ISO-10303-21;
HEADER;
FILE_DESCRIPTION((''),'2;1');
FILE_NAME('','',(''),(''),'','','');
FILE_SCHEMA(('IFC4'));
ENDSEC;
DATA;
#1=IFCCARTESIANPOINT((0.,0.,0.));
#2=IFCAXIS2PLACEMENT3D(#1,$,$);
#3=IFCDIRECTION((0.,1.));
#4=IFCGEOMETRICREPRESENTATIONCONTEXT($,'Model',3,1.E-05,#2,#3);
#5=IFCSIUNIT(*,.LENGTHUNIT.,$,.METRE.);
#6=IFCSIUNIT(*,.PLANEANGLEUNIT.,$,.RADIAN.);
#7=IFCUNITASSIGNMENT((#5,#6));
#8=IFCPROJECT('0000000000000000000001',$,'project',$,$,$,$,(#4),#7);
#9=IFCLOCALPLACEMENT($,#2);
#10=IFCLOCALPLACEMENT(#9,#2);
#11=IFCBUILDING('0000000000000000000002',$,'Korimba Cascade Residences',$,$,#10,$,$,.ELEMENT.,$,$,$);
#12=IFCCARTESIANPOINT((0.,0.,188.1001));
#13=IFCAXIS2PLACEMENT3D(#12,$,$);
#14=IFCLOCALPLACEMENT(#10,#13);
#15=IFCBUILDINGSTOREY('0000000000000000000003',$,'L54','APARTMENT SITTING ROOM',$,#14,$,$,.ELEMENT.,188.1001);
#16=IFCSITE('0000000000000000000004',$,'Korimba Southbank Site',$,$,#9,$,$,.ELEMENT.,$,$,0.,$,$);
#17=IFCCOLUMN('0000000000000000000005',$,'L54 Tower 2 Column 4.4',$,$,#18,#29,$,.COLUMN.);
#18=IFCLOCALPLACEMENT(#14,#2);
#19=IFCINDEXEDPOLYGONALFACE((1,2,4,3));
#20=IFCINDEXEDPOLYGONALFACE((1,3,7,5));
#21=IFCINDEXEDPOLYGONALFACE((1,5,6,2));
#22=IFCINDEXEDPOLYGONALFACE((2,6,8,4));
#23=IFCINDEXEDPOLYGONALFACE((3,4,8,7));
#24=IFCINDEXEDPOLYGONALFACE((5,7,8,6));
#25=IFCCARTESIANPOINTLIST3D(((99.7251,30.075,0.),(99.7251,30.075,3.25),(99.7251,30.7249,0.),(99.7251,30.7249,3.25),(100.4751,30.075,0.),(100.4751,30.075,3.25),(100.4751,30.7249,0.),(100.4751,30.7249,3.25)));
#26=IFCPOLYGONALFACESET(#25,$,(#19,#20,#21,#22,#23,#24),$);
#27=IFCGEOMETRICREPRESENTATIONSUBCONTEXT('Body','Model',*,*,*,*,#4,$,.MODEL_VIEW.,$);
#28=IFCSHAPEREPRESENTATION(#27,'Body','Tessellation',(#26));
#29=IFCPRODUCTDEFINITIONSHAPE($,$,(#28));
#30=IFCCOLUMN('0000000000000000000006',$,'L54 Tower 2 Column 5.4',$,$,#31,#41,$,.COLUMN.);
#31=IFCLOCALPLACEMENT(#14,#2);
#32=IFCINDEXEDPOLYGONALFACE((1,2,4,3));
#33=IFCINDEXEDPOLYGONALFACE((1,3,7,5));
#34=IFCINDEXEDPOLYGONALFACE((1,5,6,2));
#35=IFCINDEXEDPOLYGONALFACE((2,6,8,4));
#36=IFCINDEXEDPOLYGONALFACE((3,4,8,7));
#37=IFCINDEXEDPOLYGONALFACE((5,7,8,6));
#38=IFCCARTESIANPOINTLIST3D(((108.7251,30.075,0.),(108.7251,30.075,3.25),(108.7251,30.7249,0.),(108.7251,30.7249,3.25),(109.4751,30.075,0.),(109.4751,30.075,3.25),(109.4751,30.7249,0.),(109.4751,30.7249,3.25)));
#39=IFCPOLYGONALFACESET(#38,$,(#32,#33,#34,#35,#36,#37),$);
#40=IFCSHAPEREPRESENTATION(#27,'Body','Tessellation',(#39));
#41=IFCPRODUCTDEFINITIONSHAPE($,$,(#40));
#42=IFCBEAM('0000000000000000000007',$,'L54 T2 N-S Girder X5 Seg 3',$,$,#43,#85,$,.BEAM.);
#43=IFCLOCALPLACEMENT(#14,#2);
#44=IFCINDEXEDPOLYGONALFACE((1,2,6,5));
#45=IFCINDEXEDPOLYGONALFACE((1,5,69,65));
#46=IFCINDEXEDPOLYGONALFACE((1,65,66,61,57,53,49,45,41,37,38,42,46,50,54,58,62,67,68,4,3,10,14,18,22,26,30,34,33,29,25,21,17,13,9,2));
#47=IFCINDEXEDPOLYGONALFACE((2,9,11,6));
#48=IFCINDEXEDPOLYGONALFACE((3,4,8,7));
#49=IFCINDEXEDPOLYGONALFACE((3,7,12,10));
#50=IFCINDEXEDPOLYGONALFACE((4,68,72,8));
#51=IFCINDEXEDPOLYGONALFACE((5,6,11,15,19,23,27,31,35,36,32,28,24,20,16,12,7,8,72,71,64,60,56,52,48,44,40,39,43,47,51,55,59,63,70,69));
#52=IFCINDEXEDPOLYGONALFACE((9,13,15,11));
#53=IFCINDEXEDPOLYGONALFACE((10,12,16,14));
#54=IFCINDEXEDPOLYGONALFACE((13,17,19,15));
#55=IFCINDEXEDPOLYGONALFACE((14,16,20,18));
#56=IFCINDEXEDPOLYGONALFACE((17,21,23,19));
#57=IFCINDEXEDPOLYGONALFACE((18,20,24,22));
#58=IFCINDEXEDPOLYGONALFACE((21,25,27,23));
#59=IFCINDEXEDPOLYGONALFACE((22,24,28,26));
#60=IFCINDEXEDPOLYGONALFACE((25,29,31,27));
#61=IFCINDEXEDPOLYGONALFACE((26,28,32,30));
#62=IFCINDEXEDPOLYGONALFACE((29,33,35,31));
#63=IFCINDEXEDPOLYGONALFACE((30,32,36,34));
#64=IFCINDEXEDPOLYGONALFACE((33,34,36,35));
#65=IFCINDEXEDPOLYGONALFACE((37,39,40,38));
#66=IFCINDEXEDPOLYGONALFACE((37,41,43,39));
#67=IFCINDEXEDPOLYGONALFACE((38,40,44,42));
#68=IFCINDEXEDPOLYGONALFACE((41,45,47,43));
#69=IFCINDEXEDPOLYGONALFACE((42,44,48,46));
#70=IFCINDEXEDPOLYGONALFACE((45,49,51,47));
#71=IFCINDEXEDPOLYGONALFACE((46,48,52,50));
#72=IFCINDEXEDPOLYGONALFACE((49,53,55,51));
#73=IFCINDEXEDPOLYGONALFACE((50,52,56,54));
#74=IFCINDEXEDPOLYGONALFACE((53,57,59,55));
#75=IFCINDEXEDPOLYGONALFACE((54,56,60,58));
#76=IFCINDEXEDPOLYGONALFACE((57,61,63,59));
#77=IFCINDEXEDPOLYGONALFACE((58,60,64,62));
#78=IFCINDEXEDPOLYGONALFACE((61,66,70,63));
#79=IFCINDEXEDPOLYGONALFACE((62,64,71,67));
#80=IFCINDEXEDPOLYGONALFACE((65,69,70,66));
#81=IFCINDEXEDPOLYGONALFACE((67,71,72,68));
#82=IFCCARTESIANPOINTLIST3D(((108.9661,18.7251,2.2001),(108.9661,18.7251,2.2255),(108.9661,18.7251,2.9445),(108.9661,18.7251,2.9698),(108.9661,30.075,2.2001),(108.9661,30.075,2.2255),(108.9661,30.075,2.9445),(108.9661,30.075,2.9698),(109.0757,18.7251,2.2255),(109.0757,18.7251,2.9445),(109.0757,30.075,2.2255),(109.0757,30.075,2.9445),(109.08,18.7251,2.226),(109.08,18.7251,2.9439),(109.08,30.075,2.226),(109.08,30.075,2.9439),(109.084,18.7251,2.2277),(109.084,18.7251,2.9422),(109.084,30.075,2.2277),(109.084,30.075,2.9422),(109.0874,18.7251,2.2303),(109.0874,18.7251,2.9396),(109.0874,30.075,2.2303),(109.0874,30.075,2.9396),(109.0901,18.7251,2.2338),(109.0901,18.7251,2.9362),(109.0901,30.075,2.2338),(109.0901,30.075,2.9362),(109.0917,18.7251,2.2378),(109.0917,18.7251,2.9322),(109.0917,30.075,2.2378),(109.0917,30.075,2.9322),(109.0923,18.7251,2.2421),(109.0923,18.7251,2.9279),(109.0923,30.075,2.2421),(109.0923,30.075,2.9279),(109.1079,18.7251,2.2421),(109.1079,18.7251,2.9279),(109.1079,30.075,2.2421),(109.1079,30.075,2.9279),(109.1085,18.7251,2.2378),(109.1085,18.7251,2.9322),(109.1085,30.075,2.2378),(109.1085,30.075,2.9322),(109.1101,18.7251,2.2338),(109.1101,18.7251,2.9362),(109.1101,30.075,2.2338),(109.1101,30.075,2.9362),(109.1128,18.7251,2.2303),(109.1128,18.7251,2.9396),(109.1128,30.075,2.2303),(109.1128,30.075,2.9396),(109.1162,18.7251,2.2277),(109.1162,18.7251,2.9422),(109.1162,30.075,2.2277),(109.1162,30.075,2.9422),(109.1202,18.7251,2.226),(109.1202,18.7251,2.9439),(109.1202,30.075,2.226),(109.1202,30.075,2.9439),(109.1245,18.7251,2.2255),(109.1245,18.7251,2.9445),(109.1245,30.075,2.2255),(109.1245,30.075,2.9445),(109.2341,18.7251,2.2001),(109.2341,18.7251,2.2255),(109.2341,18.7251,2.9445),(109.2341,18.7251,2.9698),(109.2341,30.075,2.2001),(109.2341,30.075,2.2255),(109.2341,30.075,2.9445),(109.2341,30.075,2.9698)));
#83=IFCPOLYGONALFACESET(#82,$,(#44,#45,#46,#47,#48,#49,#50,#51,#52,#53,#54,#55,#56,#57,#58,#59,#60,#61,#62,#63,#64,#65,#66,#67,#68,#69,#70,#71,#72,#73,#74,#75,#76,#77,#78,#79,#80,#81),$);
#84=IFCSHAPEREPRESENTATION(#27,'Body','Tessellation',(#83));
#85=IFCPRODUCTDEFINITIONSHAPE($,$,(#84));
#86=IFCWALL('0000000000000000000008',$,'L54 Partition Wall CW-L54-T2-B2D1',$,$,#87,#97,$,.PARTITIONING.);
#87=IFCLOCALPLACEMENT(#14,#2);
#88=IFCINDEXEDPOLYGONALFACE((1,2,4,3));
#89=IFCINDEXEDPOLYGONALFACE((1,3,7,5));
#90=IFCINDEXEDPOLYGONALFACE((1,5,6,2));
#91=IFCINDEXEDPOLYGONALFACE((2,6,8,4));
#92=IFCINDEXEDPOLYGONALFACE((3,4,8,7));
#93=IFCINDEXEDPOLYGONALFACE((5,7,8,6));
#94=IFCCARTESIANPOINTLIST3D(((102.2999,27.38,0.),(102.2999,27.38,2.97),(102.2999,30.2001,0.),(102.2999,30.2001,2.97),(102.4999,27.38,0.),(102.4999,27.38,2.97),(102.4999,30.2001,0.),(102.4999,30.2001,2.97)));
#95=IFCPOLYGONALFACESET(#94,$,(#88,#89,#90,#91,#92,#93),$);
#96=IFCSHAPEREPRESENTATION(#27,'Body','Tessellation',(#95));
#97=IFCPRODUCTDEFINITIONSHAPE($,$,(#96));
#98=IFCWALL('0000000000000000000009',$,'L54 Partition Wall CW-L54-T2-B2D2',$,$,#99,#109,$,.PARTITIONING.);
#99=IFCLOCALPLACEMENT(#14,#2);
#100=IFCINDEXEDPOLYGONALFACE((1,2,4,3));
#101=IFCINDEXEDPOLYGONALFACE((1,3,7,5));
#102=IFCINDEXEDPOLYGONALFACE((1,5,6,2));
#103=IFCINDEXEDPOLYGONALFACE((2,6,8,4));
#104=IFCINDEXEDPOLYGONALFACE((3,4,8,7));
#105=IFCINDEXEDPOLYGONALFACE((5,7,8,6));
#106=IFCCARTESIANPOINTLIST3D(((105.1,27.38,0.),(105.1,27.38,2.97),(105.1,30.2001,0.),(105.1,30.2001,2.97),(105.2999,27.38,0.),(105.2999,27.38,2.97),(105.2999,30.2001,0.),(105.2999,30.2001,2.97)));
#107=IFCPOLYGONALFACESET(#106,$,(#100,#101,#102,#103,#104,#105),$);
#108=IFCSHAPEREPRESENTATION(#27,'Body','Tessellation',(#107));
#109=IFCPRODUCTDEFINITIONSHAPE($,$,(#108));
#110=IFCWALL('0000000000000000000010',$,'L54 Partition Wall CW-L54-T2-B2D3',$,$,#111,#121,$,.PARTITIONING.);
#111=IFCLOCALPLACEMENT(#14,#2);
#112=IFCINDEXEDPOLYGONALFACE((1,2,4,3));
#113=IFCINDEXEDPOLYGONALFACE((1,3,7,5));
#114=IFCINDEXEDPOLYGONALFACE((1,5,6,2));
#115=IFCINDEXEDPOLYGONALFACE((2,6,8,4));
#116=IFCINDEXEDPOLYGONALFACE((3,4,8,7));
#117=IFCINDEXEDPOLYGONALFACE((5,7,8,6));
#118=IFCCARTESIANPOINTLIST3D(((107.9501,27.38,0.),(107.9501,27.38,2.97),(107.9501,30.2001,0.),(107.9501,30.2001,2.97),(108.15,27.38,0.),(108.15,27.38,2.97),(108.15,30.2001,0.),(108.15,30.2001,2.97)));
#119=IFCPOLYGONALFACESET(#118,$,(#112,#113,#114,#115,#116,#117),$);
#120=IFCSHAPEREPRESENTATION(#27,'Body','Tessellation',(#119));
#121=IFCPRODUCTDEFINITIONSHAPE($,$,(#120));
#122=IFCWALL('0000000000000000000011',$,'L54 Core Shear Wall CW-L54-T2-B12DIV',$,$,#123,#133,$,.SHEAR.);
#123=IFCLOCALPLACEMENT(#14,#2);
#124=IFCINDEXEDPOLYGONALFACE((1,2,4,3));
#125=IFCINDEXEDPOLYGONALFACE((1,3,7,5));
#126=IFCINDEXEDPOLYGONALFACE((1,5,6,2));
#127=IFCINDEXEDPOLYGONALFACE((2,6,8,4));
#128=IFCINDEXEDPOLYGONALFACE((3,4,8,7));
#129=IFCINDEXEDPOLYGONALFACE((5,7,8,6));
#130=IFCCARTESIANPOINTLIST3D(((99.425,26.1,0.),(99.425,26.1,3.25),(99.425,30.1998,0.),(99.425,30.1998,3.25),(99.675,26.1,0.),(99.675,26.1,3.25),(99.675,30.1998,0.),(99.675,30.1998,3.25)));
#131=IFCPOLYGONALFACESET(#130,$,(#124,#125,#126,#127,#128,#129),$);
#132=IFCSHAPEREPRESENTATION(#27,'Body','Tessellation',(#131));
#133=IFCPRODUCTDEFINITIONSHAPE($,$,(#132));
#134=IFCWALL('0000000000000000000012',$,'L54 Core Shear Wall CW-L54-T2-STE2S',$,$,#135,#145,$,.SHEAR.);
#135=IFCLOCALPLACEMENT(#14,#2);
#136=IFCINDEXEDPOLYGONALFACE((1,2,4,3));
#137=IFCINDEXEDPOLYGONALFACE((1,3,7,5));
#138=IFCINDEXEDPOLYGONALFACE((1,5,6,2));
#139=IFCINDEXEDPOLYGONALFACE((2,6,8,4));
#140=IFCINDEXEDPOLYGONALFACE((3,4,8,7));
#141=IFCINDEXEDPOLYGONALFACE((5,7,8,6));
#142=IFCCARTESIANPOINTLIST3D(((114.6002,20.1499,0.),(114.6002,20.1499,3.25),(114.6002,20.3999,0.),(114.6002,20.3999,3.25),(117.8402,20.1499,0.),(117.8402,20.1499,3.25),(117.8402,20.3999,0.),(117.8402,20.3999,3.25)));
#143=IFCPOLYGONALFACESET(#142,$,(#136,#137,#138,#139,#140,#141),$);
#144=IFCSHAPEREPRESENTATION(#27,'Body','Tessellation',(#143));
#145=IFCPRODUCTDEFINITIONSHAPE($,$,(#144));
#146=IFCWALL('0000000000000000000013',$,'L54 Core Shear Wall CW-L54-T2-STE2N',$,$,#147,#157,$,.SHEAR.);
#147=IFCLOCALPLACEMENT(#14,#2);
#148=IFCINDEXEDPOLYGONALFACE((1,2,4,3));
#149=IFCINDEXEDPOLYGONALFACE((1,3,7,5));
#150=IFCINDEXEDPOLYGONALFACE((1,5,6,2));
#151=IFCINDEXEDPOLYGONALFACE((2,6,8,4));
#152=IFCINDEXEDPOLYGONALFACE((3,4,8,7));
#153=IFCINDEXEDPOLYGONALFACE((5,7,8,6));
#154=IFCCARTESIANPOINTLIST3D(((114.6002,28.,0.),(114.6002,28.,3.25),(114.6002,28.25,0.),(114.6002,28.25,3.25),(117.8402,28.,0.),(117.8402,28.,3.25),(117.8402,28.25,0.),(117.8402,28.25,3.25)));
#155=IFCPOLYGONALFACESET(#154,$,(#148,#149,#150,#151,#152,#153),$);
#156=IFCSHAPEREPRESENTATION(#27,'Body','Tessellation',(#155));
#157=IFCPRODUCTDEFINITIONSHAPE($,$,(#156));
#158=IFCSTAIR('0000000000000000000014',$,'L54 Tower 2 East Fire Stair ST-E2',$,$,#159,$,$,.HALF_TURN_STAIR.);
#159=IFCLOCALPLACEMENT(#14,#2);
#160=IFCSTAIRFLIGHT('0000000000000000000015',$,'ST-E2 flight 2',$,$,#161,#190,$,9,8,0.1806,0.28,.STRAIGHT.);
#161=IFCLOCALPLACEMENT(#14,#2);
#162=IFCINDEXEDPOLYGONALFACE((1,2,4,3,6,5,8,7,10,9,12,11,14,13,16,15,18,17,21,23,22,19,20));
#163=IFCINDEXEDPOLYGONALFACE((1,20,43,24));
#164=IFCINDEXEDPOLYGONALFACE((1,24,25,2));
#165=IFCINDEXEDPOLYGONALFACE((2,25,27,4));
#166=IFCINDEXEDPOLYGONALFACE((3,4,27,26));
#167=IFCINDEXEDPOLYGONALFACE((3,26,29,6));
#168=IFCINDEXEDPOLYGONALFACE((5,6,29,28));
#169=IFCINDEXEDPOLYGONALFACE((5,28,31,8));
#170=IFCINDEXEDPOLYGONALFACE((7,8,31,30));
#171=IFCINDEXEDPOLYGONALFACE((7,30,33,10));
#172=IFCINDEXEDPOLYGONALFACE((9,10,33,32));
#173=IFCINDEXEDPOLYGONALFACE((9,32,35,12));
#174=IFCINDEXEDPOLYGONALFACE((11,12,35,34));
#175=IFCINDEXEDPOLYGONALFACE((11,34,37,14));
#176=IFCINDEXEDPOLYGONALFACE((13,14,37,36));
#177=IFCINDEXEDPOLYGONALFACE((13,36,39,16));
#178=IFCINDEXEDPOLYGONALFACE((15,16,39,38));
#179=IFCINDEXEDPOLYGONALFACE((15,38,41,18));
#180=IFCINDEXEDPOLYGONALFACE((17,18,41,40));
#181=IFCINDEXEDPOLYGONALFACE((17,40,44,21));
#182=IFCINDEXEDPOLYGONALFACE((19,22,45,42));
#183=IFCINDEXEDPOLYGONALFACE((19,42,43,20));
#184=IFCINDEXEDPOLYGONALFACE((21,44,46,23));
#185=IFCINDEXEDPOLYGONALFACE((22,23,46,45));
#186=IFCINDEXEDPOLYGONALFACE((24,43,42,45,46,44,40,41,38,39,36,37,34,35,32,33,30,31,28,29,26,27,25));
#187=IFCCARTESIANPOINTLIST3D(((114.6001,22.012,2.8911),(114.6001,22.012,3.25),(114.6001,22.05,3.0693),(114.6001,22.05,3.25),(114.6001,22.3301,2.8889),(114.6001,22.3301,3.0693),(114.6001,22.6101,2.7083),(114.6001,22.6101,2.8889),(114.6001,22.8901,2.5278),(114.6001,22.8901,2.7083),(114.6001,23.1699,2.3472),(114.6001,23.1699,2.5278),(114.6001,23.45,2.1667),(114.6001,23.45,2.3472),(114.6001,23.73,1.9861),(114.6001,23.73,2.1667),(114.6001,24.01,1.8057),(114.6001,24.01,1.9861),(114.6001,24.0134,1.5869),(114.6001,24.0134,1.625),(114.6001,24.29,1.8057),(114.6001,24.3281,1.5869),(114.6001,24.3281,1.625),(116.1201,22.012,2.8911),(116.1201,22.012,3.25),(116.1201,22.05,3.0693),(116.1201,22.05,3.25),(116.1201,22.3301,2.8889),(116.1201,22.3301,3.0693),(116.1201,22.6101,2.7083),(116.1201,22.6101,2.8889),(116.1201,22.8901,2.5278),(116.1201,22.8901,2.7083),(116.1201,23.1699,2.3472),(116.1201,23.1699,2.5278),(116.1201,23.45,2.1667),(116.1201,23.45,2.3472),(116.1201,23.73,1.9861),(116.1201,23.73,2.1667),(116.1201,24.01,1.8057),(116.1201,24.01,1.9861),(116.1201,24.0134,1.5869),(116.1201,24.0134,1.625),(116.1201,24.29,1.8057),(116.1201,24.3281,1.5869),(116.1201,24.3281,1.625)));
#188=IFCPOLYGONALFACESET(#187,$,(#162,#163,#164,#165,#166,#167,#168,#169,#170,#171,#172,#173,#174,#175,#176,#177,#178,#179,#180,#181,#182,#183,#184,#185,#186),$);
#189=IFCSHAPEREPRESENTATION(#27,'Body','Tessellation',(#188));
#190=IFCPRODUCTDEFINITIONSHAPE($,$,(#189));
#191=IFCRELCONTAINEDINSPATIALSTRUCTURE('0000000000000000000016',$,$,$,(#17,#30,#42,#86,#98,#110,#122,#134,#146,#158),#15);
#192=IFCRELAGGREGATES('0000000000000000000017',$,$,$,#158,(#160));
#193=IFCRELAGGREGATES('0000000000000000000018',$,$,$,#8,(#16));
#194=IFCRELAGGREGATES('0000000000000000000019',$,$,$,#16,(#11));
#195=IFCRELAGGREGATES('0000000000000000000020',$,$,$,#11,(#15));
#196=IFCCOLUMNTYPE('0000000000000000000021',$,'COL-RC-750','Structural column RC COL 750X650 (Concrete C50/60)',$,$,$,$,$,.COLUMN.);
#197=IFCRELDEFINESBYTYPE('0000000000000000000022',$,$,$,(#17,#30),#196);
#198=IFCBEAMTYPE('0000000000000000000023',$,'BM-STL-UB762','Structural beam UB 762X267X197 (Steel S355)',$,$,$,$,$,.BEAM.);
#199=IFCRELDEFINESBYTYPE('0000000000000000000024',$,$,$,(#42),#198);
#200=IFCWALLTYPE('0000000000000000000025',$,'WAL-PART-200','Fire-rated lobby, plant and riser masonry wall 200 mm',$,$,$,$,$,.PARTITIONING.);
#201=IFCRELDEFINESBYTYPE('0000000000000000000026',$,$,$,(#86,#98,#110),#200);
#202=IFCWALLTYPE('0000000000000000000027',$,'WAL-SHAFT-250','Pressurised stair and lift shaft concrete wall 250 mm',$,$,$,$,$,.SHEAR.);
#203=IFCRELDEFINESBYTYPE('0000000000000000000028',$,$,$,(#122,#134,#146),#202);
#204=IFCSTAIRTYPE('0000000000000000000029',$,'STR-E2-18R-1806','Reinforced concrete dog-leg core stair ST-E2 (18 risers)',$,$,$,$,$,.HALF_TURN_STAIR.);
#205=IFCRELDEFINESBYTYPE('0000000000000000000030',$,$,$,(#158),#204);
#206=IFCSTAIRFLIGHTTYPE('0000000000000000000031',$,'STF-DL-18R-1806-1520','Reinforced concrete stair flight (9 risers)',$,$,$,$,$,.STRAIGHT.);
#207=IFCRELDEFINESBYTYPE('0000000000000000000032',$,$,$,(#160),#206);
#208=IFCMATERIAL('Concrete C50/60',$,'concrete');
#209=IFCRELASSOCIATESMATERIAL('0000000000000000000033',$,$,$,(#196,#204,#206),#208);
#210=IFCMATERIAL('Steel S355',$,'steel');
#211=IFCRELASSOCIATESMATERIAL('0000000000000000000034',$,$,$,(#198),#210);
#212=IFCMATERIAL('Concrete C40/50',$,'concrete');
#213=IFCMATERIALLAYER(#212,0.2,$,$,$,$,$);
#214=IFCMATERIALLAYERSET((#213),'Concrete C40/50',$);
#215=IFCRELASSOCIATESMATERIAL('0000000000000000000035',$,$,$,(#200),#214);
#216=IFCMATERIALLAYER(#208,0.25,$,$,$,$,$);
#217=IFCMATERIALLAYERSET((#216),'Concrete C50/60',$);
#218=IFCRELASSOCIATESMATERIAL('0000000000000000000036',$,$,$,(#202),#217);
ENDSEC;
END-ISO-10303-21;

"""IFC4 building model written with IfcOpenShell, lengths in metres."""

from ifc_helpers import new_model, si_unit, direction, frame, frame_2d, origin, origin_2d, place, context, subcontext, project, spatial, polyline, rectangle, i_section, outline, extrude, material, layer, layer_set, material_profile, profile_set, type_object, element, aggregate, save


model = new_model("IFC4")

# Units and contexts
model_context = context("Model", 3, precision=1e-05, world=origin(), true_north=direction((0.0, 1.0)))
body_context = subcontext(model_context, "Body", "Model", "MODEL_VIEW")
ifc_project = project(units=[si_unit("LENGTHUNIT", "METRE"), si_unit("PLANEANGLEUNIT", "RADIAN")], contexts=[model_context])

# Site, building, storey
site_placement = place(None, origin())
site = spatial("IfcSite", under=ifc_project, at=site_placement, Name="Korimba Southbank Site", CompositionType="ELEMENT", RefElevation=0.0)
building_placement = place(site_placement, origin())
building = spatial("IfcBuilding", under=site, at=building_placement, Name="Korimba Cascade Residences", CompositionType="ELEMENT")
storey_placement = place(building_placement, frame((0.0, 0.0, 188.1001)))
storey = spatial("IfcBuildingStorey", under=building, at=storey_placement, Name="L54", Description="APARTMENT SITTING ROOM", CompositionType="ELEMENT", Elevation=188.1001)

# Columns
ifc_material_1 = material(Name="Concrete C50/60", Category="concrete")
ifc_material_profile_1 = material_profile(ifc_material_1, rectangle(XDim=0.75, YDim=0.6499, at=origin_2d()), Name="Concrete C50/60")
ifc_profile_set_1 = profile_set([ifc_material_profile_1], Name="Concrete C50/60")
column_type = type_object("IfcColumnType", Name="COL-RC-750", Description="Structural column RC COL 750X650 (Concrete C50/60)", PredefinedType="COLUMN", material=ifc_profile_set_1)
for number, where, z_axis, x_axis, name in (
    (1, (100.1001, 30.3999, 0.0), (0.0, 0.0, 1.0), (1.0, 0.0, 0.0), "L54 Tower 2 Column 4.4"),
    (2, (109.1001, 30.3999, 0.0), (0.0, 0.0, 1.0), (1.0, 0.0, 0.0), "L54 Tower 2 Column 5.4"),
):
    element("IfcColumn", number, at=place(storey_placement, frame(where, z_axis=z_axis, x_axis=x_axis)), inside=storey, type_object=column_type, Name=name, PredefinedType="COLUMN", context=body_context, shape_type="SweptSolid", body=[
        extrude(rectangle(XDim=0.75, YDim=0.6499, at=origin_2d()), origin(), (0.0, 0.0, 1.0), 3.25),
    ])

# Beam
ifc_material_2 = material(Name="Steel S355", Category="steel")
ifc_material_profile_2 = material_profile(ifc_material_2, i_section(OverallWidth=0.2681, OverallDepth=0.7698, WebThickness=0.0156, FlangeThickness=0.0254, FilletRadius=0.0166, at=origin_2d()), Name="Steel S355")
ifc_profile_set_2 = profile_set([ifc_material_profile_2], Name="Steel S355")
beam_type = type_object("IfcBeamType", Name="BM-STL-UB762", Description="Structural beam UB 762X267X197 (Steel S355)", PredefinedType="BEAM", material=ifc_profile_set_2)
beam_placement = place(storey_placement, frame((109.1001, 18.7251, 2.585), z_axis=(0.0, 1.0, 0.0), x_axis=(-1.0, 0.0, 0.0)))
element("IfcBeam", 3, at=beam_placement, inside=storey, type_object=beam_type, Name="L54 T2 N-S Girder X5 Seg 3", PredefinedType="BEAM", context=body_context, shape_type="SweptSolid", body=[
    extrude(i_section(OverallWidth=0.2681, OverallDepth=0.7698, WebThickness=0.0156, FlangeThickness=0.0254, FilletRadius=0.0166, at=origin_2d()), origin(), (0.0, 0.0, 1.0), 11.3499),
])

# Walls
ifc_material_3 = material(Name="Concrete C40/50", Category="concrete")
ifc_layer_1 = layer(ifc_material_3, 0.2)
ifc_layer_set_1 = layer_set([ifc_layer_1], Name="Concrete C40/50")
wall_type_1 = type_object("IfcWallType", Name="WAL-PART-200", Description="Fire-rated lobby, plant and riser masonry wall 200 mm", PredefinedType="PARTITIONING", material=ifc_layer_set_1)
for number, where, z_axis, x_axis, name in (
    (4, (102.3999, 27.3799, 0.0), (0.0, 0.0, 1.0), (0.0, 1.0, 0.0), "L54 Partition Wall CW-L54-T2-B2D1"),
    (5, (105.2, 27.3799, 0.0), (0.0, 0.0, 1.0), (0.0, 1.0, 0.0), "L54 Partition Wall CW-L54-T2-B2D2"),
    (6, (108.05, 27.3799, 0.0), (0.0, 0.0, 1.0), (0.0, 1.0, 0.0), "L54 Partition Wall CW-L54-T2-B2D3"),
):
    element("IfcWall", number, at=place(storey_placement, frame(where, z_axis=z_axis, x_axis=x_axis)), inside=storey, type_object=wall_type_1, Name=name, PredefinedType="PARTITIONING", context=body_context, shape_type="SweptSolid", body=[
        extrude(rectangle(XDim=2.8201, YDim=0.2, at=frame_2d((1.4102, 0.0))), origin(), (0.0, 0.0, 1.0), 2.97),
    ])
ifc_layer_2 = layer(ifc_material_1, 0.25)
ifc_layer_set_2 = layer_set([ifc_layer_2], Name="Concrete C50/60")
wall_type_2 = type_object("IfcWallType", Name="WAL-SHAFT-250", Description="Pressurised stair and lift shaft concrete wall 250 mm", PredefinedType="SHEAR", material=ifc_layer_set_2)
wall_1_placement = place(storey_placement, frame((99.55, 26.1001, 0.0), z_axis=(0.0, 0.0, 1.0), x_axis=(0.0, 1.0, 0.0)))
element("IfcWall", 7, at=wall_1_placement, inside=storey, type_object=wall_type_2, Name="L54 Core Shear Wall CW-L54-T2-B12DIV", PredefinedType="SHEAR", context=body_context, shape_type="SweptSolid", body=[
    extrude(rectangle(XDim=4.0999, YDim=0.25, at=frame_2d((2.0498, 0.0))), origin(), (0.0, 0.0, 1.0), 3.25),
])

# Walls
for number, where, z_axis, x_axis, name in (
    (8, (114.6001, 20.2749, 0.0), (0.0, 0.0, 1.0), (1.0, 0.0, 0.0), "L54 Core Shear Wall CW-L54-T2-STE2S"),
    (9, (114.6001, 28.125, 0.0), (0.0, 0.0, 1.0), (1.0, 0.0, 0.0), "L54 Core Shear Wall CW-L54-T2-STE2N"),
):
    element("IfcWall", number, at=place(storey_placement, frame(where, z_axis=z_axis, x_axis=x_axis)), inside=storey, type_object=wall_type_2, Name=name, PredefinedType="SHEAR", context=body_context, shape_type="SweptSolid", body=[
        extrude(rectangle(XDim=3.24, YDim=0.25, at=frame_2d((1.6201, 0.0))), origin(), (0.0, 0.0, 1.0), 3.25),
    ])

# Stair, stair flight
stair_type = type_object("IfcStairType", Name="STR-E2-18R-1806", Description="Reinforced concrete dog-leg core stair ST-E2 (18 risers)", PredefinedType="HALF_TURN_STAIR", material=ifc_material_1)
stair_placement = place(storey_placement, origin())
stair = element("IfcStair", 10, at=stair_placement, inside=storey, type_object=stair_type, Name="L54 Tower 2 East Fire Stair ST-E2", PredefinedType="HALF_TURN_STAIR")
stair_flight_type = type_object("IfcStairFlightType", Name="STF-DL-18R-1806-1520", Description="Reinforced concrete stair flight (9 risers)", PredefinedType="STRAIGHT", material=ifc_material_1)
stair_flight_placement = place(storey_placement, frame((115.3601, 24.29, 1.625), z_axis=(0.0, 0.0, 1.0), x_axis=(0.0, -1.0, 0.0)))
stair_flight = element("IfcStairFlight", 11, at=stair_flight_placement, type_object=stair_flight_type, Name="ST-E2 flight 2", NumberOfRisers=9, NumberOfTreads=8, PredefinedType="STRAIGHT", RiserHeight=0.1806, TreadLength=0.28, context=body_context, shape_type="SweptSolid", body=[
    extrude(outline(polyline([(-0.0381, 0.0), (0.0, 0.1807), (0.28, 0.1807), (0.28, 0.3611), (0.5601, 0.3611), (0.5601, 0.5417), (0.8401, 0.5417), (0.8401, 0.7222), (1.1201, 0.7222), (1.1201, 0.9028), (1.3999, 0.9028), (1.3999, 1.0833), (1.6799, 1.0833), (1.6799, 1.2639), (1.96, 1.2639), (1.96, 1.4443), (2.24, 1.4443), (2.24, 1.625), (2.2781, 1.625), (2.2781, 1.2661), (0.2766, 0.0), (0.2766, -0.0381), (-0.0381, -0.0381), (-0.0381, 0.0)])), frame((0.0, 0.76, 0.0), z_axis=(0.0, -1.0, 0.0), x_axis=(1.0, 0.0, 0.0)), (0.0, 0.0, 1.0), 1.52),
])
aggregate(stair, [stair_flight])

save(model, "model.ifc")
